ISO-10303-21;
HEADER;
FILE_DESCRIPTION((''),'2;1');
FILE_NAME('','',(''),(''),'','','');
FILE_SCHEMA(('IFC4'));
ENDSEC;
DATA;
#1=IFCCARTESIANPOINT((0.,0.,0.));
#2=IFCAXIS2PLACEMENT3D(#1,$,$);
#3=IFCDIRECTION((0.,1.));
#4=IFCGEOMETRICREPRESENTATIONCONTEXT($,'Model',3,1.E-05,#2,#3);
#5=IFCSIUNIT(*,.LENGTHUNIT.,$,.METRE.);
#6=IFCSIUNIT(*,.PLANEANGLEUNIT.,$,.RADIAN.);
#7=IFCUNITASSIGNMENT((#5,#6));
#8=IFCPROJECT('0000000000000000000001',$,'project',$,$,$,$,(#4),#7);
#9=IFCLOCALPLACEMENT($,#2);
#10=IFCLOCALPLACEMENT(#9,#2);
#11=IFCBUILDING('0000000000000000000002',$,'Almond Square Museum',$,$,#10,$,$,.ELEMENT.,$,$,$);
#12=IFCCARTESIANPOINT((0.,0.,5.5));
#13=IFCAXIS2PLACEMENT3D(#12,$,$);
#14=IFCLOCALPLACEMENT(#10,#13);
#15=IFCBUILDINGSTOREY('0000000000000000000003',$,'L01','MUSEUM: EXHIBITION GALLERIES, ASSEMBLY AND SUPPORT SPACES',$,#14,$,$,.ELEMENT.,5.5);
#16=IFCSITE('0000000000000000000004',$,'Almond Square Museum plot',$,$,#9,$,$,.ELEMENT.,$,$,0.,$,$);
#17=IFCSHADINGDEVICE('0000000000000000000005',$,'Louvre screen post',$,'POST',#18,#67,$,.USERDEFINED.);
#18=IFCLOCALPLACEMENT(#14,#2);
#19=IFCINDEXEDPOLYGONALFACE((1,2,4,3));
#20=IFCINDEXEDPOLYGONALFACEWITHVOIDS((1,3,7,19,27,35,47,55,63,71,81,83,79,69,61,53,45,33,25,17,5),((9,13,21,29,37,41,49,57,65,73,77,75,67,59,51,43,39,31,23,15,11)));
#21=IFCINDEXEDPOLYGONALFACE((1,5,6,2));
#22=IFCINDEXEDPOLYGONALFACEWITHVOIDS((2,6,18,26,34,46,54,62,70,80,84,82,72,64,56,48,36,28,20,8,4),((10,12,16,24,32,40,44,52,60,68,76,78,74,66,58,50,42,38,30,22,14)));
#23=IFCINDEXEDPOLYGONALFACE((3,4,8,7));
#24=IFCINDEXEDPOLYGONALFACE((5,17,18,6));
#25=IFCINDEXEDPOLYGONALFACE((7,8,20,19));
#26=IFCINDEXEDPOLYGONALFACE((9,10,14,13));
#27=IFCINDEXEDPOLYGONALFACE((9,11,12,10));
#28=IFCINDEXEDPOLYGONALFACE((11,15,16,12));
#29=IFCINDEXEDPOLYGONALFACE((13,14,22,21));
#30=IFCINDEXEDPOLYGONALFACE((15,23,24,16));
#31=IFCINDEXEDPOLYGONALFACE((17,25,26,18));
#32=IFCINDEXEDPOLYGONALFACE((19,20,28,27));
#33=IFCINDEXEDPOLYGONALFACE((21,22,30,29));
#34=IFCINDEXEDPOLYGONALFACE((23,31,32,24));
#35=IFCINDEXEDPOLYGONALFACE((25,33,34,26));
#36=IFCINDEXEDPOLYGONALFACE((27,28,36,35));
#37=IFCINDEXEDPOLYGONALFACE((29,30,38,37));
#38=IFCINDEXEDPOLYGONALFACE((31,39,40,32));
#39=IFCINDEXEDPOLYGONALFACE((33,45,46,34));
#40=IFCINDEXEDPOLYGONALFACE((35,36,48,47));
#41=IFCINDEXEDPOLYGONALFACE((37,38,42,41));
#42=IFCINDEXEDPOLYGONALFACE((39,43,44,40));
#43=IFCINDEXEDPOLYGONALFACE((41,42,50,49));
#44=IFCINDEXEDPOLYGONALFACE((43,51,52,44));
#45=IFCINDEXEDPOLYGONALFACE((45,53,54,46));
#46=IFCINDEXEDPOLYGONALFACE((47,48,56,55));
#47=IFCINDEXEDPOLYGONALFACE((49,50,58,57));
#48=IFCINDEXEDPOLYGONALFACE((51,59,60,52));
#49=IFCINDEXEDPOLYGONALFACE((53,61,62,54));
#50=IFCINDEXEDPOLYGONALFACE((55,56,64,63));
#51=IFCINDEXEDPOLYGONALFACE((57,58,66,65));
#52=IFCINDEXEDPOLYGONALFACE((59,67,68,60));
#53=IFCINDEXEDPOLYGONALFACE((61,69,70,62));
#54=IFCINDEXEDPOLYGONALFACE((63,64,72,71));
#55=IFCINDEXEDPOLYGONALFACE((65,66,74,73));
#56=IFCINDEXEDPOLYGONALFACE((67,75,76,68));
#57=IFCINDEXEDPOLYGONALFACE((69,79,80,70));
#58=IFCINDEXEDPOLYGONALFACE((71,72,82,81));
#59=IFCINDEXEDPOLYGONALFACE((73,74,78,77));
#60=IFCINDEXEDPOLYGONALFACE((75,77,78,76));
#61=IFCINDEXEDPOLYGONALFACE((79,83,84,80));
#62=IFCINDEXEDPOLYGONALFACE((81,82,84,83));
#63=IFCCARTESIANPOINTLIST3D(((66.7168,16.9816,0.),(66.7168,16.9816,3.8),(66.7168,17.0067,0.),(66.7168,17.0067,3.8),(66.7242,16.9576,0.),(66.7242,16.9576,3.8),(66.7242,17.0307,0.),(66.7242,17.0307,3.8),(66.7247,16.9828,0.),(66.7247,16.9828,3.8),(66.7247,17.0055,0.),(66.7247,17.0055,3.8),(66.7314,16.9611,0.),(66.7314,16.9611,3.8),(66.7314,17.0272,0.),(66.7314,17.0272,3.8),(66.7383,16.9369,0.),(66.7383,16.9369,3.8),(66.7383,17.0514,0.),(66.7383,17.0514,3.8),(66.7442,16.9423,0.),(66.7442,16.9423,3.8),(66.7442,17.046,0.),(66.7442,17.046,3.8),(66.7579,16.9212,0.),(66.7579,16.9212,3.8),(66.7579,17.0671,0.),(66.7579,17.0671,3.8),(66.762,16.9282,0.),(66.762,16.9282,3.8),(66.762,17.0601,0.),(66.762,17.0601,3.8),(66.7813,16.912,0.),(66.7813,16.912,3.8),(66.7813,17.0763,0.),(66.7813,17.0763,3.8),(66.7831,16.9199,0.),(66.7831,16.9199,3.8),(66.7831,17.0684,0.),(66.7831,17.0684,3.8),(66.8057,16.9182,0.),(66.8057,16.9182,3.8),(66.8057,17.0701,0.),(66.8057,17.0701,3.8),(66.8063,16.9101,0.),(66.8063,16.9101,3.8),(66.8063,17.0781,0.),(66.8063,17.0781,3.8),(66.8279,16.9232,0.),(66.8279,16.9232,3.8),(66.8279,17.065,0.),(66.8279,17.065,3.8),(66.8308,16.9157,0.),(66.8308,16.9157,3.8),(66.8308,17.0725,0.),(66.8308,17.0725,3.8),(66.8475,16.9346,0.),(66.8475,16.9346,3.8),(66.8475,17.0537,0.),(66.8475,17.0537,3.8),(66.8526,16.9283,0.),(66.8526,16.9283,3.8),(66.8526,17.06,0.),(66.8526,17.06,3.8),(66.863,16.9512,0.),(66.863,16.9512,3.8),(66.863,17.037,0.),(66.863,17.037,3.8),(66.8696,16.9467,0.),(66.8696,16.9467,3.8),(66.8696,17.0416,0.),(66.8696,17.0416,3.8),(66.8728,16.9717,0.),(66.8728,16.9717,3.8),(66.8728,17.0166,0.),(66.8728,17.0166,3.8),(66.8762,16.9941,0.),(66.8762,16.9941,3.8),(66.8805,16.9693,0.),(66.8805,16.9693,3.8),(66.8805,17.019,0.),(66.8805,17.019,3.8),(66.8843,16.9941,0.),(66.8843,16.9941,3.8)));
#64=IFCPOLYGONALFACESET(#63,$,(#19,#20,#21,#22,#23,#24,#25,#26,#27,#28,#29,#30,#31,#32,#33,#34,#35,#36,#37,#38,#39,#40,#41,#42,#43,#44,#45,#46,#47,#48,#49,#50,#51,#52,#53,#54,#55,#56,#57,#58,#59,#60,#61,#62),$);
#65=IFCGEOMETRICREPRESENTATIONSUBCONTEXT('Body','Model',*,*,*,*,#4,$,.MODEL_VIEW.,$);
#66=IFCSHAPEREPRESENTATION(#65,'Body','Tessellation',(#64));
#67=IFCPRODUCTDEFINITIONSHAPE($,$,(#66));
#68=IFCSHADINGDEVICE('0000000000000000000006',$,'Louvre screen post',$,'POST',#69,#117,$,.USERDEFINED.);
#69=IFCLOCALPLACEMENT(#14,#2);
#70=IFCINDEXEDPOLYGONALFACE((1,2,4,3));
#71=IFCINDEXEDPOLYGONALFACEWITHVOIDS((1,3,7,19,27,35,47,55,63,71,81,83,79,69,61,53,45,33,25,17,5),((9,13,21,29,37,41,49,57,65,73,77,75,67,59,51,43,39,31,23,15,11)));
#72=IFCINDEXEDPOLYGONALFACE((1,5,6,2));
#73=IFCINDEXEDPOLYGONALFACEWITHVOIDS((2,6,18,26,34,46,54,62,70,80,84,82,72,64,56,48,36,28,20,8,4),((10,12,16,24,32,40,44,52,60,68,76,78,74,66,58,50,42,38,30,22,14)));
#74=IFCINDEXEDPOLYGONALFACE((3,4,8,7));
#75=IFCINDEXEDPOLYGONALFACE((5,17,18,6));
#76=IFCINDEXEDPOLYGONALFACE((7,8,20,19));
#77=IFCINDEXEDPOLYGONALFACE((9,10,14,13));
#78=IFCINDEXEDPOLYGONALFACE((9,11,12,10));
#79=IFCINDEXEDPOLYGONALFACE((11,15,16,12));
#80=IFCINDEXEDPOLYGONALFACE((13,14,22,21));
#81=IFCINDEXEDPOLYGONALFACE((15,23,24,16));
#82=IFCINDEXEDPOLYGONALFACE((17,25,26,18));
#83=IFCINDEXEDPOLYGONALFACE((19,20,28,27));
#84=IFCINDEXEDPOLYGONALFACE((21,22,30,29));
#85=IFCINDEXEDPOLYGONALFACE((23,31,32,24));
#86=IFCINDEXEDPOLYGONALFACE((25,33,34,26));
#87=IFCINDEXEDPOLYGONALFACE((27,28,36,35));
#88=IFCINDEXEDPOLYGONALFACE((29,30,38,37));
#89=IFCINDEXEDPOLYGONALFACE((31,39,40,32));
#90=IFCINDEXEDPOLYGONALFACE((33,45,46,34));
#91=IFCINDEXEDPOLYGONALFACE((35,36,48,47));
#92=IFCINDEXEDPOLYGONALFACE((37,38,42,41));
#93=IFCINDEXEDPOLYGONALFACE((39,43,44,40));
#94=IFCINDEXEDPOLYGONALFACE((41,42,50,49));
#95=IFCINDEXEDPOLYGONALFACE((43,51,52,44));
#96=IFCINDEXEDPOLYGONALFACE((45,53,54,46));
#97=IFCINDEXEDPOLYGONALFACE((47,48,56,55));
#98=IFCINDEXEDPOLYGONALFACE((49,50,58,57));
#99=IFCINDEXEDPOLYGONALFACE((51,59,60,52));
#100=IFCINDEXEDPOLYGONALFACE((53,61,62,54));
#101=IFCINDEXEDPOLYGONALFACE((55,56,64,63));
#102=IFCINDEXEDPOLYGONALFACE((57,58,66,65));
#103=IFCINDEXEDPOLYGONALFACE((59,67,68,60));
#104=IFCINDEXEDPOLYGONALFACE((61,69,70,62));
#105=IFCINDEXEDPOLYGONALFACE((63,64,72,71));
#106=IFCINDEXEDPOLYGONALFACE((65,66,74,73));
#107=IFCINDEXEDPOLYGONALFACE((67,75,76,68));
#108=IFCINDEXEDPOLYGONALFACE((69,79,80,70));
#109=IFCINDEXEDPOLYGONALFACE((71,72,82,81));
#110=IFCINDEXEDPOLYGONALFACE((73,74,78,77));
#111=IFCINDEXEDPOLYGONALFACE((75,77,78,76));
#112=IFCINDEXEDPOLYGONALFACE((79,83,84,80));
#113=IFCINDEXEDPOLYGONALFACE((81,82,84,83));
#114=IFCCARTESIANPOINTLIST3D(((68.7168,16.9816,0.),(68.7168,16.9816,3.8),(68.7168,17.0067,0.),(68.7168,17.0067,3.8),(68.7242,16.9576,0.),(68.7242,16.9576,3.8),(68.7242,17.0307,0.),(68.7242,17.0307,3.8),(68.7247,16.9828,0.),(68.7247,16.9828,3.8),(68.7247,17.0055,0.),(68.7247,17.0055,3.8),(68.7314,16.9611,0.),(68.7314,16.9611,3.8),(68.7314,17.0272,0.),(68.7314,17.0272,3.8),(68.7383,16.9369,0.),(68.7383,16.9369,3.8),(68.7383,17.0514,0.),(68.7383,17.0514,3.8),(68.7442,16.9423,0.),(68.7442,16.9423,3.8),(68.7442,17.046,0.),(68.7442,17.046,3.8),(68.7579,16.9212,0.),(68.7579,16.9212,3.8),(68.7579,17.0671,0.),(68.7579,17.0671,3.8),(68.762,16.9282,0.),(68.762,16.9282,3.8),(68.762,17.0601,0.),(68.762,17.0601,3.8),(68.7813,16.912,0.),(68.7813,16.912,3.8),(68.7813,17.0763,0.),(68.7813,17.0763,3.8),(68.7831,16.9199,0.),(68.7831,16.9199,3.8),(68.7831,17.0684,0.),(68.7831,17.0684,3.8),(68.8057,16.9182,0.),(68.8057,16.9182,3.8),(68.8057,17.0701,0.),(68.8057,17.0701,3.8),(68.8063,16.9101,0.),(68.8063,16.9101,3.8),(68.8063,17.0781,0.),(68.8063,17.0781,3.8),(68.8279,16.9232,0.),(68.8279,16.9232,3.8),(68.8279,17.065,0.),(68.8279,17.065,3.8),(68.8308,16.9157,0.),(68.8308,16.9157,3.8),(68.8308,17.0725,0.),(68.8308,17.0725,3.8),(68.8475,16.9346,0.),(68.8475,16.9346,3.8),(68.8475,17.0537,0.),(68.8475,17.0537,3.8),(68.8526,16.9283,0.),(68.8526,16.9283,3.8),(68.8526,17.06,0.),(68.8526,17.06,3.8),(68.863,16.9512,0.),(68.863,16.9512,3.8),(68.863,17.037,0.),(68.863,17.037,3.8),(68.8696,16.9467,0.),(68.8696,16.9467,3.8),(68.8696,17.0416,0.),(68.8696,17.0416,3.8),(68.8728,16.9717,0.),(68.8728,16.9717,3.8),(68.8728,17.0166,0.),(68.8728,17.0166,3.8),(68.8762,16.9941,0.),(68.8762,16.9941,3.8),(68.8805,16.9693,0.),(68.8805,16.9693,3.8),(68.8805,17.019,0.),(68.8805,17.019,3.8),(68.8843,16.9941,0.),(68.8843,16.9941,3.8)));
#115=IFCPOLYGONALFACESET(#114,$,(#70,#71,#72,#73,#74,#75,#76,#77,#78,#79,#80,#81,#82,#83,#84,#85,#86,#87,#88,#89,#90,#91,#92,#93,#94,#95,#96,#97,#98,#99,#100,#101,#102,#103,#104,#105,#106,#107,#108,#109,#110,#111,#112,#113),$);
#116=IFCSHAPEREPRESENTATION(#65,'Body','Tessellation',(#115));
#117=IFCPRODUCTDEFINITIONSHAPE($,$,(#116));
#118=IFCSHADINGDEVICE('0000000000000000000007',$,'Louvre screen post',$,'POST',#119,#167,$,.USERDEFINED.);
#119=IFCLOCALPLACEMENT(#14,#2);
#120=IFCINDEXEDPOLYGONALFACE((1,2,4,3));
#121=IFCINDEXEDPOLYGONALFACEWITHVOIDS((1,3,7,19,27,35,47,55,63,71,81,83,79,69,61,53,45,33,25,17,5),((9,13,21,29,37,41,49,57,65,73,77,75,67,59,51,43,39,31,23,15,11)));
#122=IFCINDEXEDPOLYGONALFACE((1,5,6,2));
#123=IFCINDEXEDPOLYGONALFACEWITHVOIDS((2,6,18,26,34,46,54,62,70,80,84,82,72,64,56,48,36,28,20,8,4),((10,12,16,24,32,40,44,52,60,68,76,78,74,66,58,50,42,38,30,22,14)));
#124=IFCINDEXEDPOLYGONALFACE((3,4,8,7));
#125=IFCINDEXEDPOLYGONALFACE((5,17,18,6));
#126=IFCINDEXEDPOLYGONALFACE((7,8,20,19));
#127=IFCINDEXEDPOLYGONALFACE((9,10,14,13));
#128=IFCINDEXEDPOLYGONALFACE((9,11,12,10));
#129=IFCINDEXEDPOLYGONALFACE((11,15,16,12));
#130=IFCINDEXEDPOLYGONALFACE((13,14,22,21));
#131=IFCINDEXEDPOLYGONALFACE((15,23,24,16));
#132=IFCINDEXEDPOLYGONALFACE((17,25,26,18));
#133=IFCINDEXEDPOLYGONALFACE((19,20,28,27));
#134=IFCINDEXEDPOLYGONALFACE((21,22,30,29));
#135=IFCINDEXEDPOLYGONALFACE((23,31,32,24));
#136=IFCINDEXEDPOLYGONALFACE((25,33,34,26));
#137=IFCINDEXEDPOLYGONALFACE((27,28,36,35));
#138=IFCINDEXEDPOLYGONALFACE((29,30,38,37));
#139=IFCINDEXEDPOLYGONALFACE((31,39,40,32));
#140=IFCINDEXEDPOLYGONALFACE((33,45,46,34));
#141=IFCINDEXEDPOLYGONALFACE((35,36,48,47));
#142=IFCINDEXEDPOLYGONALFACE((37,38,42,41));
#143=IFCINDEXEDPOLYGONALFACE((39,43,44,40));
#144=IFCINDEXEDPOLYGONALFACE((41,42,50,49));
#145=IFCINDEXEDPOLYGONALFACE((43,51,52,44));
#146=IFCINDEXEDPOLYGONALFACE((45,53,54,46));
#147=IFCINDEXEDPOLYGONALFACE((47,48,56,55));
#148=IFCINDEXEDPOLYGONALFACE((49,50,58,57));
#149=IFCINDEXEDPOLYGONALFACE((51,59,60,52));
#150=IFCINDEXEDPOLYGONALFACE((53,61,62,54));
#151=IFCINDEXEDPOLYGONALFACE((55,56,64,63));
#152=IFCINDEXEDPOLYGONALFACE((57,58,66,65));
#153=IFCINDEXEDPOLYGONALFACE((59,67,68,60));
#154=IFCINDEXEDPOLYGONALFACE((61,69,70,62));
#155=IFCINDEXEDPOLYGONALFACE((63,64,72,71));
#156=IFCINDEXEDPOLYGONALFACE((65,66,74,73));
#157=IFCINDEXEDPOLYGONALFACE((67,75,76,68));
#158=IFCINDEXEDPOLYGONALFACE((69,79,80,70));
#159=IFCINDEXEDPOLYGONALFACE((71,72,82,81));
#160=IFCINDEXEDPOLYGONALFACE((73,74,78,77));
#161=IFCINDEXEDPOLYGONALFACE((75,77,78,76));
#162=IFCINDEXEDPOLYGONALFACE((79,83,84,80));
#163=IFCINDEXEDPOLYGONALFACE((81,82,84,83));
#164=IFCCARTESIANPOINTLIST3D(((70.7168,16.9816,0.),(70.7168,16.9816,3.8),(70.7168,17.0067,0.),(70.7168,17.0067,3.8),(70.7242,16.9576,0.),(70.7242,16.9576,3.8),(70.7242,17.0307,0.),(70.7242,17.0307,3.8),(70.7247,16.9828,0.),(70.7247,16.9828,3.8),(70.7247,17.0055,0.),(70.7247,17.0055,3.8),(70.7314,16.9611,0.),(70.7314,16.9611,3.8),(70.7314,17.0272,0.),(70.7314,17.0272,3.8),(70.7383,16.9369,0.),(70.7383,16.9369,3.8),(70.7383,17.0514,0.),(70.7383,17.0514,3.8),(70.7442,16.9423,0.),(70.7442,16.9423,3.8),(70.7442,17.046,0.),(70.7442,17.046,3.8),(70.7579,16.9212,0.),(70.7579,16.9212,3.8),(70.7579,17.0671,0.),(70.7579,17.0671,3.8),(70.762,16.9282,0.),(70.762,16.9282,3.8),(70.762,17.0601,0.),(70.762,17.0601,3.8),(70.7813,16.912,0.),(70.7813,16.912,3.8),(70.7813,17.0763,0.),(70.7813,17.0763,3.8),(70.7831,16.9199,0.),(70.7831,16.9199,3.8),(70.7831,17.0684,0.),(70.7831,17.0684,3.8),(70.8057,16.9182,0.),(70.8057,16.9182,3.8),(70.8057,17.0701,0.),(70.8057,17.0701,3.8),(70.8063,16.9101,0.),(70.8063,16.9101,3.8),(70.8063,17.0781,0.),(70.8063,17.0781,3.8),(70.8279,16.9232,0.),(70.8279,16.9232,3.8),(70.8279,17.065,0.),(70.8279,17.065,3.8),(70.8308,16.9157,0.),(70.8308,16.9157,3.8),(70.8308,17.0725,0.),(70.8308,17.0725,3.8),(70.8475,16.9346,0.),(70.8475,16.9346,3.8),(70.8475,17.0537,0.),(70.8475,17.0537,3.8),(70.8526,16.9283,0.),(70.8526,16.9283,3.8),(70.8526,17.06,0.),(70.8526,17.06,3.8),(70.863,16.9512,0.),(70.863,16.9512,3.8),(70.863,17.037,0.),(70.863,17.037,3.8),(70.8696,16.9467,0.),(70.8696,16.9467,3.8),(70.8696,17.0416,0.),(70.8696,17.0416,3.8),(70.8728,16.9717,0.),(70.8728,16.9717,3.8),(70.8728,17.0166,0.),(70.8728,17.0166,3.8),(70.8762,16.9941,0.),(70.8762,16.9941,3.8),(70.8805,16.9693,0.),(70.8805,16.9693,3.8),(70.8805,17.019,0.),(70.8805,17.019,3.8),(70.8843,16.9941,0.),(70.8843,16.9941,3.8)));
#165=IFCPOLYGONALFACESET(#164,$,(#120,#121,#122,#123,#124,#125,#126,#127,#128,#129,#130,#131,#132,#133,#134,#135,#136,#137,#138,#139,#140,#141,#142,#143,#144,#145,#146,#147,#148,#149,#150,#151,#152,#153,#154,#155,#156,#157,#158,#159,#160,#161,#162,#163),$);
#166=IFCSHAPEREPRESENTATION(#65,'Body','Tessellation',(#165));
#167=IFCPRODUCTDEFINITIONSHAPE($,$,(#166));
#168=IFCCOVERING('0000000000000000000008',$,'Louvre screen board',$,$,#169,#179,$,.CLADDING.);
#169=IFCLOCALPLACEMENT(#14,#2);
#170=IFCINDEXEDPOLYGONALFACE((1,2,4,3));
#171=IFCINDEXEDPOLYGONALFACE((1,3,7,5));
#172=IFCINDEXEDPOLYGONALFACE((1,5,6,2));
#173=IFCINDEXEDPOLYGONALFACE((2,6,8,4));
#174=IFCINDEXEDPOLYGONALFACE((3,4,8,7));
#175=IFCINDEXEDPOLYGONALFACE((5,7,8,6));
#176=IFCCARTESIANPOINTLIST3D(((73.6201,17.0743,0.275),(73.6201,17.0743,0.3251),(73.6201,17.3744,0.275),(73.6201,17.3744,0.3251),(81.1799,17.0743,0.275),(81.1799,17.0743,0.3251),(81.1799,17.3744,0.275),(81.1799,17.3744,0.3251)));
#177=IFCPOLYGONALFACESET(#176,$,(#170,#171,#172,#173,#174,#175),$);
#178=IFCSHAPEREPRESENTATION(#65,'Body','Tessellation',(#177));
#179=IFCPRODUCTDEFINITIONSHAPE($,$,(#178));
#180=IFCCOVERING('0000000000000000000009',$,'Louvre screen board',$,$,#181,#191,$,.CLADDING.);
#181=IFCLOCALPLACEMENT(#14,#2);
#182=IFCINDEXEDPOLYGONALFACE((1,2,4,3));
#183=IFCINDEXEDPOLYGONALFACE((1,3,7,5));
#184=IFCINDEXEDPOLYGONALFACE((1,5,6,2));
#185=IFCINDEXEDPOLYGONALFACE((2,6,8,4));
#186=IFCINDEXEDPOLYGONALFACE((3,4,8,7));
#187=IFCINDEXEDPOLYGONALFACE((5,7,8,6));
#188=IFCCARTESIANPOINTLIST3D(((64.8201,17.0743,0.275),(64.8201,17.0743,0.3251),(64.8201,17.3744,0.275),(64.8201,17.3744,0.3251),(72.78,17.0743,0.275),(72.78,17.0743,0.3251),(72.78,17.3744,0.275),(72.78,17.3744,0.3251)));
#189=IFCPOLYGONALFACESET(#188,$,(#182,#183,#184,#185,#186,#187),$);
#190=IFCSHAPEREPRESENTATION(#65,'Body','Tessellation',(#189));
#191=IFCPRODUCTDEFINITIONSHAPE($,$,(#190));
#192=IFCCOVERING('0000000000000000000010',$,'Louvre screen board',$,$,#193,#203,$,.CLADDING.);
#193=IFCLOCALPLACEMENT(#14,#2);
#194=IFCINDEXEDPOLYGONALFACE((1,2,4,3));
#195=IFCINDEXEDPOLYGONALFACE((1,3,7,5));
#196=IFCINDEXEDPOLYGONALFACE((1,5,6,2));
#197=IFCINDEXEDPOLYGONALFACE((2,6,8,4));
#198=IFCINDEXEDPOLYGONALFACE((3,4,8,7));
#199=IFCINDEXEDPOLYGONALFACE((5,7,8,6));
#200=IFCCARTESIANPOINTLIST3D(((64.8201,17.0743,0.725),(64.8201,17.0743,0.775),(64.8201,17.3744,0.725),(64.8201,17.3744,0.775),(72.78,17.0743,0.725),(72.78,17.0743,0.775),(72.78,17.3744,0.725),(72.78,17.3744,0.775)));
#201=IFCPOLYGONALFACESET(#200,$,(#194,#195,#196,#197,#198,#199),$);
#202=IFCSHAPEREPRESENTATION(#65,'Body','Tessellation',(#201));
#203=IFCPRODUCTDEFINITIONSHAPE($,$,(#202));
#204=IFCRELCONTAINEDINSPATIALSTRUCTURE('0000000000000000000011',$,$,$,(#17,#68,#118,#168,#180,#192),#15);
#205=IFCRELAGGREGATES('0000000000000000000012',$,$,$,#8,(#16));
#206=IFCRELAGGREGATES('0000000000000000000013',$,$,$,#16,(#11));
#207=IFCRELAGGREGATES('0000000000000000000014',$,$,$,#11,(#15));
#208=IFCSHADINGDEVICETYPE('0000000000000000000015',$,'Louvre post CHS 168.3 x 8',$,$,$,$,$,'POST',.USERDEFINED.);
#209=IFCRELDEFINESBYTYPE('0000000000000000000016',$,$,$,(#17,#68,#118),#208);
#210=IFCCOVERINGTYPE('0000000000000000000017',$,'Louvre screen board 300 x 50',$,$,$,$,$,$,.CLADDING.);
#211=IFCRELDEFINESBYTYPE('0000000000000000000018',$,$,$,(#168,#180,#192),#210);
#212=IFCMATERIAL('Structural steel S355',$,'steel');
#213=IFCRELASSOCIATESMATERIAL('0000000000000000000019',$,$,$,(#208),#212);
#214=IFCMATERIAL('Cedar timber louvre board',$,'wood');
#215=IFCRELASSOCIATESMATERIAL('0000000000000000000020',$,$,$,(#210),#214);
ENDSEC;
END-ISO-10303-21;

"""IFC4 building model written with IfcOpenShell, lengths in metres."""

from ifc_helpers import new_model, si_unit, direction, frame, origin, origin_2d, place, context, subcontext, project, spatial, rectangle, hollow_circle, extrude, material, material_profile, profile_set, type_object, element, save


model = new_model("IFC4")

# Units and contexts
model_context = context("Model", 3, precision=1e-05, world=origin(), true_north=direction((0.0, 1.0)))
body_context = subcontext(model_context, "Body", "Model", "MODEL_VIEW")
ifc_project = project(units=[si_unit("LENGTHUNIT", "METRE"), si_unit("PLANEANGLEUNIT", "RADIAN")], contexts=[model_context])

# Site, building, storey
site_placement = place(None, origin())
site = spatial("IfcSite", under=ifc_project, at=site_placement, Name="Almond Square Museum plot", CompositionType="ELEMENT", RefElevation=0.0)
building_placement = place(site_placement, origin())
building = spatial("IfcBuilding", under=site, at=building_placement, Name="Almond Square Museum", CompositionType="ELEMENT")
storey_placement = place(building_placement, frame((0.0, 0.0, 5.5)))
storey = spatial("IfcBuildingStorey", under=building, at=storey_placement, Name="L01", Description="MUSEUM: EXHIBITION GALLERIES, ASSEMBLY AND SUPPORT SPACES", CompositionType="ELEMENT", Elevation=5.5)

# Shading devices
ifc_material_1 = material(Name="Structural steel S355", Category="steel")
ifc_material_profile_1 = material_profile(ifc_material_1, hollow_circle(Radius=0.0842, WallThickness=0.0081, at=origin_2d()))
ifc_profile_set_1 = profile_set([ifc_material_profile_1], Name="Structural steel S355")
shading_device_type_1 = type_object("IfcShadingDeviceType", Name="Louvre post CHS 168.3 x 8", ElementType="POST", PredefinedType="USERDEFINED", material=ifc_profile_set_1)
for number, where, z_axis, x_axis, name in (
    (1, (66.8, 16.9941, 0.0), (0.0, 0.0, 1.0), (1.0, 0.0, 0.0), "Louvre screen post"),
    (2, (68.8, 16.9941, 0.0), (0.0, 0.0, 1.0), (1.0, 0.0, 0.0), "Louvre screen post"),
    (3, (70.8, 16.9941, 0.0), (0.0, 0.0, 1.0), (1.0, 0.0, 0.0), "Louvre screen post"),
):
    element("IfcShadingDevice", number, at=place(storey_placement, frame(where, z_axis=z_axis, x_axis=x_axis)), inside=storey, type_object=shading_device_type_1, Name=name, ObjectType="POST", PredefinedType="USERDEFINED", context=body_context, shape_type="SweptSolid", body=[
        extrude(hollow_circle(Radius=0.0842, WallThickness=0.0081, at=origin_2d()), origin(), (0.0, 0.0, 1.0), 3.8),
    ])

# Coverings
ifc_material_2 = material(Name="Cedar timber louvre board", Category="wood")
ifc_material_profile_2 = material_profile(ifc_material_2, rectangle(XDim=0.3, YDim=0.05, at=origin_2d()))
ifc_profile_set_2 = profile_set([ifc_material_profile_2], Name="Cedar timber louvre board")
covering_type = type_object("IfcCoveringType", Name="Louvre screen board 300 x 50", PredefinedType="CLADDING", material=ifc_profile_set_2)
covering_placement = place(storey_placement, frame((73.6201, 17.2244, 0.3), z_axis=(1.0, 0.0, 0.0), x_axis=(0.0, 1.0, 0.0)))
element("IfcCovering", 4, at=covering_placement, inside=storey, type_object=covering_type, Name="Louvre screen board", PredefinedType="CLADDING", context=body_context, shape_type="SweptSolid", body=[
    extrude(rectangle(XDim=0.3, YDim=0.05, at=origin_2d()), origin(), (0.0, 0.0, 1.0), 7.5598),
])
for number, where, z_axis, x_axis, name in (
    (5, (64.8201, 17.2244, 0.3), (1.0, 0.0, 0.0), (0.0, 1.0, 0.0), "Louvre screen board"),
    (6, (64.8201, 17.2244, 0.75), (1.0, 0.0, 0.0), (0.0, 1.0, 0.0), "Louvre screen board"),
):
    element("IfcCovering", number, at=place(storey_placement, frame(where, z_axis=z_axis, x_axis=x_axis)), inside=storey, type_object=covering_type, Name=name, PredefinedType="CLADDING", context=body_context, shape_type="SweptSolid", body=[
        extrude(rectangle(XDim=0.3, YDim=0.05, at=origin_2d()), origin(), (0.0, 0.0, 1.0), 7.96),
    ])

save(model, "model.ifc")
